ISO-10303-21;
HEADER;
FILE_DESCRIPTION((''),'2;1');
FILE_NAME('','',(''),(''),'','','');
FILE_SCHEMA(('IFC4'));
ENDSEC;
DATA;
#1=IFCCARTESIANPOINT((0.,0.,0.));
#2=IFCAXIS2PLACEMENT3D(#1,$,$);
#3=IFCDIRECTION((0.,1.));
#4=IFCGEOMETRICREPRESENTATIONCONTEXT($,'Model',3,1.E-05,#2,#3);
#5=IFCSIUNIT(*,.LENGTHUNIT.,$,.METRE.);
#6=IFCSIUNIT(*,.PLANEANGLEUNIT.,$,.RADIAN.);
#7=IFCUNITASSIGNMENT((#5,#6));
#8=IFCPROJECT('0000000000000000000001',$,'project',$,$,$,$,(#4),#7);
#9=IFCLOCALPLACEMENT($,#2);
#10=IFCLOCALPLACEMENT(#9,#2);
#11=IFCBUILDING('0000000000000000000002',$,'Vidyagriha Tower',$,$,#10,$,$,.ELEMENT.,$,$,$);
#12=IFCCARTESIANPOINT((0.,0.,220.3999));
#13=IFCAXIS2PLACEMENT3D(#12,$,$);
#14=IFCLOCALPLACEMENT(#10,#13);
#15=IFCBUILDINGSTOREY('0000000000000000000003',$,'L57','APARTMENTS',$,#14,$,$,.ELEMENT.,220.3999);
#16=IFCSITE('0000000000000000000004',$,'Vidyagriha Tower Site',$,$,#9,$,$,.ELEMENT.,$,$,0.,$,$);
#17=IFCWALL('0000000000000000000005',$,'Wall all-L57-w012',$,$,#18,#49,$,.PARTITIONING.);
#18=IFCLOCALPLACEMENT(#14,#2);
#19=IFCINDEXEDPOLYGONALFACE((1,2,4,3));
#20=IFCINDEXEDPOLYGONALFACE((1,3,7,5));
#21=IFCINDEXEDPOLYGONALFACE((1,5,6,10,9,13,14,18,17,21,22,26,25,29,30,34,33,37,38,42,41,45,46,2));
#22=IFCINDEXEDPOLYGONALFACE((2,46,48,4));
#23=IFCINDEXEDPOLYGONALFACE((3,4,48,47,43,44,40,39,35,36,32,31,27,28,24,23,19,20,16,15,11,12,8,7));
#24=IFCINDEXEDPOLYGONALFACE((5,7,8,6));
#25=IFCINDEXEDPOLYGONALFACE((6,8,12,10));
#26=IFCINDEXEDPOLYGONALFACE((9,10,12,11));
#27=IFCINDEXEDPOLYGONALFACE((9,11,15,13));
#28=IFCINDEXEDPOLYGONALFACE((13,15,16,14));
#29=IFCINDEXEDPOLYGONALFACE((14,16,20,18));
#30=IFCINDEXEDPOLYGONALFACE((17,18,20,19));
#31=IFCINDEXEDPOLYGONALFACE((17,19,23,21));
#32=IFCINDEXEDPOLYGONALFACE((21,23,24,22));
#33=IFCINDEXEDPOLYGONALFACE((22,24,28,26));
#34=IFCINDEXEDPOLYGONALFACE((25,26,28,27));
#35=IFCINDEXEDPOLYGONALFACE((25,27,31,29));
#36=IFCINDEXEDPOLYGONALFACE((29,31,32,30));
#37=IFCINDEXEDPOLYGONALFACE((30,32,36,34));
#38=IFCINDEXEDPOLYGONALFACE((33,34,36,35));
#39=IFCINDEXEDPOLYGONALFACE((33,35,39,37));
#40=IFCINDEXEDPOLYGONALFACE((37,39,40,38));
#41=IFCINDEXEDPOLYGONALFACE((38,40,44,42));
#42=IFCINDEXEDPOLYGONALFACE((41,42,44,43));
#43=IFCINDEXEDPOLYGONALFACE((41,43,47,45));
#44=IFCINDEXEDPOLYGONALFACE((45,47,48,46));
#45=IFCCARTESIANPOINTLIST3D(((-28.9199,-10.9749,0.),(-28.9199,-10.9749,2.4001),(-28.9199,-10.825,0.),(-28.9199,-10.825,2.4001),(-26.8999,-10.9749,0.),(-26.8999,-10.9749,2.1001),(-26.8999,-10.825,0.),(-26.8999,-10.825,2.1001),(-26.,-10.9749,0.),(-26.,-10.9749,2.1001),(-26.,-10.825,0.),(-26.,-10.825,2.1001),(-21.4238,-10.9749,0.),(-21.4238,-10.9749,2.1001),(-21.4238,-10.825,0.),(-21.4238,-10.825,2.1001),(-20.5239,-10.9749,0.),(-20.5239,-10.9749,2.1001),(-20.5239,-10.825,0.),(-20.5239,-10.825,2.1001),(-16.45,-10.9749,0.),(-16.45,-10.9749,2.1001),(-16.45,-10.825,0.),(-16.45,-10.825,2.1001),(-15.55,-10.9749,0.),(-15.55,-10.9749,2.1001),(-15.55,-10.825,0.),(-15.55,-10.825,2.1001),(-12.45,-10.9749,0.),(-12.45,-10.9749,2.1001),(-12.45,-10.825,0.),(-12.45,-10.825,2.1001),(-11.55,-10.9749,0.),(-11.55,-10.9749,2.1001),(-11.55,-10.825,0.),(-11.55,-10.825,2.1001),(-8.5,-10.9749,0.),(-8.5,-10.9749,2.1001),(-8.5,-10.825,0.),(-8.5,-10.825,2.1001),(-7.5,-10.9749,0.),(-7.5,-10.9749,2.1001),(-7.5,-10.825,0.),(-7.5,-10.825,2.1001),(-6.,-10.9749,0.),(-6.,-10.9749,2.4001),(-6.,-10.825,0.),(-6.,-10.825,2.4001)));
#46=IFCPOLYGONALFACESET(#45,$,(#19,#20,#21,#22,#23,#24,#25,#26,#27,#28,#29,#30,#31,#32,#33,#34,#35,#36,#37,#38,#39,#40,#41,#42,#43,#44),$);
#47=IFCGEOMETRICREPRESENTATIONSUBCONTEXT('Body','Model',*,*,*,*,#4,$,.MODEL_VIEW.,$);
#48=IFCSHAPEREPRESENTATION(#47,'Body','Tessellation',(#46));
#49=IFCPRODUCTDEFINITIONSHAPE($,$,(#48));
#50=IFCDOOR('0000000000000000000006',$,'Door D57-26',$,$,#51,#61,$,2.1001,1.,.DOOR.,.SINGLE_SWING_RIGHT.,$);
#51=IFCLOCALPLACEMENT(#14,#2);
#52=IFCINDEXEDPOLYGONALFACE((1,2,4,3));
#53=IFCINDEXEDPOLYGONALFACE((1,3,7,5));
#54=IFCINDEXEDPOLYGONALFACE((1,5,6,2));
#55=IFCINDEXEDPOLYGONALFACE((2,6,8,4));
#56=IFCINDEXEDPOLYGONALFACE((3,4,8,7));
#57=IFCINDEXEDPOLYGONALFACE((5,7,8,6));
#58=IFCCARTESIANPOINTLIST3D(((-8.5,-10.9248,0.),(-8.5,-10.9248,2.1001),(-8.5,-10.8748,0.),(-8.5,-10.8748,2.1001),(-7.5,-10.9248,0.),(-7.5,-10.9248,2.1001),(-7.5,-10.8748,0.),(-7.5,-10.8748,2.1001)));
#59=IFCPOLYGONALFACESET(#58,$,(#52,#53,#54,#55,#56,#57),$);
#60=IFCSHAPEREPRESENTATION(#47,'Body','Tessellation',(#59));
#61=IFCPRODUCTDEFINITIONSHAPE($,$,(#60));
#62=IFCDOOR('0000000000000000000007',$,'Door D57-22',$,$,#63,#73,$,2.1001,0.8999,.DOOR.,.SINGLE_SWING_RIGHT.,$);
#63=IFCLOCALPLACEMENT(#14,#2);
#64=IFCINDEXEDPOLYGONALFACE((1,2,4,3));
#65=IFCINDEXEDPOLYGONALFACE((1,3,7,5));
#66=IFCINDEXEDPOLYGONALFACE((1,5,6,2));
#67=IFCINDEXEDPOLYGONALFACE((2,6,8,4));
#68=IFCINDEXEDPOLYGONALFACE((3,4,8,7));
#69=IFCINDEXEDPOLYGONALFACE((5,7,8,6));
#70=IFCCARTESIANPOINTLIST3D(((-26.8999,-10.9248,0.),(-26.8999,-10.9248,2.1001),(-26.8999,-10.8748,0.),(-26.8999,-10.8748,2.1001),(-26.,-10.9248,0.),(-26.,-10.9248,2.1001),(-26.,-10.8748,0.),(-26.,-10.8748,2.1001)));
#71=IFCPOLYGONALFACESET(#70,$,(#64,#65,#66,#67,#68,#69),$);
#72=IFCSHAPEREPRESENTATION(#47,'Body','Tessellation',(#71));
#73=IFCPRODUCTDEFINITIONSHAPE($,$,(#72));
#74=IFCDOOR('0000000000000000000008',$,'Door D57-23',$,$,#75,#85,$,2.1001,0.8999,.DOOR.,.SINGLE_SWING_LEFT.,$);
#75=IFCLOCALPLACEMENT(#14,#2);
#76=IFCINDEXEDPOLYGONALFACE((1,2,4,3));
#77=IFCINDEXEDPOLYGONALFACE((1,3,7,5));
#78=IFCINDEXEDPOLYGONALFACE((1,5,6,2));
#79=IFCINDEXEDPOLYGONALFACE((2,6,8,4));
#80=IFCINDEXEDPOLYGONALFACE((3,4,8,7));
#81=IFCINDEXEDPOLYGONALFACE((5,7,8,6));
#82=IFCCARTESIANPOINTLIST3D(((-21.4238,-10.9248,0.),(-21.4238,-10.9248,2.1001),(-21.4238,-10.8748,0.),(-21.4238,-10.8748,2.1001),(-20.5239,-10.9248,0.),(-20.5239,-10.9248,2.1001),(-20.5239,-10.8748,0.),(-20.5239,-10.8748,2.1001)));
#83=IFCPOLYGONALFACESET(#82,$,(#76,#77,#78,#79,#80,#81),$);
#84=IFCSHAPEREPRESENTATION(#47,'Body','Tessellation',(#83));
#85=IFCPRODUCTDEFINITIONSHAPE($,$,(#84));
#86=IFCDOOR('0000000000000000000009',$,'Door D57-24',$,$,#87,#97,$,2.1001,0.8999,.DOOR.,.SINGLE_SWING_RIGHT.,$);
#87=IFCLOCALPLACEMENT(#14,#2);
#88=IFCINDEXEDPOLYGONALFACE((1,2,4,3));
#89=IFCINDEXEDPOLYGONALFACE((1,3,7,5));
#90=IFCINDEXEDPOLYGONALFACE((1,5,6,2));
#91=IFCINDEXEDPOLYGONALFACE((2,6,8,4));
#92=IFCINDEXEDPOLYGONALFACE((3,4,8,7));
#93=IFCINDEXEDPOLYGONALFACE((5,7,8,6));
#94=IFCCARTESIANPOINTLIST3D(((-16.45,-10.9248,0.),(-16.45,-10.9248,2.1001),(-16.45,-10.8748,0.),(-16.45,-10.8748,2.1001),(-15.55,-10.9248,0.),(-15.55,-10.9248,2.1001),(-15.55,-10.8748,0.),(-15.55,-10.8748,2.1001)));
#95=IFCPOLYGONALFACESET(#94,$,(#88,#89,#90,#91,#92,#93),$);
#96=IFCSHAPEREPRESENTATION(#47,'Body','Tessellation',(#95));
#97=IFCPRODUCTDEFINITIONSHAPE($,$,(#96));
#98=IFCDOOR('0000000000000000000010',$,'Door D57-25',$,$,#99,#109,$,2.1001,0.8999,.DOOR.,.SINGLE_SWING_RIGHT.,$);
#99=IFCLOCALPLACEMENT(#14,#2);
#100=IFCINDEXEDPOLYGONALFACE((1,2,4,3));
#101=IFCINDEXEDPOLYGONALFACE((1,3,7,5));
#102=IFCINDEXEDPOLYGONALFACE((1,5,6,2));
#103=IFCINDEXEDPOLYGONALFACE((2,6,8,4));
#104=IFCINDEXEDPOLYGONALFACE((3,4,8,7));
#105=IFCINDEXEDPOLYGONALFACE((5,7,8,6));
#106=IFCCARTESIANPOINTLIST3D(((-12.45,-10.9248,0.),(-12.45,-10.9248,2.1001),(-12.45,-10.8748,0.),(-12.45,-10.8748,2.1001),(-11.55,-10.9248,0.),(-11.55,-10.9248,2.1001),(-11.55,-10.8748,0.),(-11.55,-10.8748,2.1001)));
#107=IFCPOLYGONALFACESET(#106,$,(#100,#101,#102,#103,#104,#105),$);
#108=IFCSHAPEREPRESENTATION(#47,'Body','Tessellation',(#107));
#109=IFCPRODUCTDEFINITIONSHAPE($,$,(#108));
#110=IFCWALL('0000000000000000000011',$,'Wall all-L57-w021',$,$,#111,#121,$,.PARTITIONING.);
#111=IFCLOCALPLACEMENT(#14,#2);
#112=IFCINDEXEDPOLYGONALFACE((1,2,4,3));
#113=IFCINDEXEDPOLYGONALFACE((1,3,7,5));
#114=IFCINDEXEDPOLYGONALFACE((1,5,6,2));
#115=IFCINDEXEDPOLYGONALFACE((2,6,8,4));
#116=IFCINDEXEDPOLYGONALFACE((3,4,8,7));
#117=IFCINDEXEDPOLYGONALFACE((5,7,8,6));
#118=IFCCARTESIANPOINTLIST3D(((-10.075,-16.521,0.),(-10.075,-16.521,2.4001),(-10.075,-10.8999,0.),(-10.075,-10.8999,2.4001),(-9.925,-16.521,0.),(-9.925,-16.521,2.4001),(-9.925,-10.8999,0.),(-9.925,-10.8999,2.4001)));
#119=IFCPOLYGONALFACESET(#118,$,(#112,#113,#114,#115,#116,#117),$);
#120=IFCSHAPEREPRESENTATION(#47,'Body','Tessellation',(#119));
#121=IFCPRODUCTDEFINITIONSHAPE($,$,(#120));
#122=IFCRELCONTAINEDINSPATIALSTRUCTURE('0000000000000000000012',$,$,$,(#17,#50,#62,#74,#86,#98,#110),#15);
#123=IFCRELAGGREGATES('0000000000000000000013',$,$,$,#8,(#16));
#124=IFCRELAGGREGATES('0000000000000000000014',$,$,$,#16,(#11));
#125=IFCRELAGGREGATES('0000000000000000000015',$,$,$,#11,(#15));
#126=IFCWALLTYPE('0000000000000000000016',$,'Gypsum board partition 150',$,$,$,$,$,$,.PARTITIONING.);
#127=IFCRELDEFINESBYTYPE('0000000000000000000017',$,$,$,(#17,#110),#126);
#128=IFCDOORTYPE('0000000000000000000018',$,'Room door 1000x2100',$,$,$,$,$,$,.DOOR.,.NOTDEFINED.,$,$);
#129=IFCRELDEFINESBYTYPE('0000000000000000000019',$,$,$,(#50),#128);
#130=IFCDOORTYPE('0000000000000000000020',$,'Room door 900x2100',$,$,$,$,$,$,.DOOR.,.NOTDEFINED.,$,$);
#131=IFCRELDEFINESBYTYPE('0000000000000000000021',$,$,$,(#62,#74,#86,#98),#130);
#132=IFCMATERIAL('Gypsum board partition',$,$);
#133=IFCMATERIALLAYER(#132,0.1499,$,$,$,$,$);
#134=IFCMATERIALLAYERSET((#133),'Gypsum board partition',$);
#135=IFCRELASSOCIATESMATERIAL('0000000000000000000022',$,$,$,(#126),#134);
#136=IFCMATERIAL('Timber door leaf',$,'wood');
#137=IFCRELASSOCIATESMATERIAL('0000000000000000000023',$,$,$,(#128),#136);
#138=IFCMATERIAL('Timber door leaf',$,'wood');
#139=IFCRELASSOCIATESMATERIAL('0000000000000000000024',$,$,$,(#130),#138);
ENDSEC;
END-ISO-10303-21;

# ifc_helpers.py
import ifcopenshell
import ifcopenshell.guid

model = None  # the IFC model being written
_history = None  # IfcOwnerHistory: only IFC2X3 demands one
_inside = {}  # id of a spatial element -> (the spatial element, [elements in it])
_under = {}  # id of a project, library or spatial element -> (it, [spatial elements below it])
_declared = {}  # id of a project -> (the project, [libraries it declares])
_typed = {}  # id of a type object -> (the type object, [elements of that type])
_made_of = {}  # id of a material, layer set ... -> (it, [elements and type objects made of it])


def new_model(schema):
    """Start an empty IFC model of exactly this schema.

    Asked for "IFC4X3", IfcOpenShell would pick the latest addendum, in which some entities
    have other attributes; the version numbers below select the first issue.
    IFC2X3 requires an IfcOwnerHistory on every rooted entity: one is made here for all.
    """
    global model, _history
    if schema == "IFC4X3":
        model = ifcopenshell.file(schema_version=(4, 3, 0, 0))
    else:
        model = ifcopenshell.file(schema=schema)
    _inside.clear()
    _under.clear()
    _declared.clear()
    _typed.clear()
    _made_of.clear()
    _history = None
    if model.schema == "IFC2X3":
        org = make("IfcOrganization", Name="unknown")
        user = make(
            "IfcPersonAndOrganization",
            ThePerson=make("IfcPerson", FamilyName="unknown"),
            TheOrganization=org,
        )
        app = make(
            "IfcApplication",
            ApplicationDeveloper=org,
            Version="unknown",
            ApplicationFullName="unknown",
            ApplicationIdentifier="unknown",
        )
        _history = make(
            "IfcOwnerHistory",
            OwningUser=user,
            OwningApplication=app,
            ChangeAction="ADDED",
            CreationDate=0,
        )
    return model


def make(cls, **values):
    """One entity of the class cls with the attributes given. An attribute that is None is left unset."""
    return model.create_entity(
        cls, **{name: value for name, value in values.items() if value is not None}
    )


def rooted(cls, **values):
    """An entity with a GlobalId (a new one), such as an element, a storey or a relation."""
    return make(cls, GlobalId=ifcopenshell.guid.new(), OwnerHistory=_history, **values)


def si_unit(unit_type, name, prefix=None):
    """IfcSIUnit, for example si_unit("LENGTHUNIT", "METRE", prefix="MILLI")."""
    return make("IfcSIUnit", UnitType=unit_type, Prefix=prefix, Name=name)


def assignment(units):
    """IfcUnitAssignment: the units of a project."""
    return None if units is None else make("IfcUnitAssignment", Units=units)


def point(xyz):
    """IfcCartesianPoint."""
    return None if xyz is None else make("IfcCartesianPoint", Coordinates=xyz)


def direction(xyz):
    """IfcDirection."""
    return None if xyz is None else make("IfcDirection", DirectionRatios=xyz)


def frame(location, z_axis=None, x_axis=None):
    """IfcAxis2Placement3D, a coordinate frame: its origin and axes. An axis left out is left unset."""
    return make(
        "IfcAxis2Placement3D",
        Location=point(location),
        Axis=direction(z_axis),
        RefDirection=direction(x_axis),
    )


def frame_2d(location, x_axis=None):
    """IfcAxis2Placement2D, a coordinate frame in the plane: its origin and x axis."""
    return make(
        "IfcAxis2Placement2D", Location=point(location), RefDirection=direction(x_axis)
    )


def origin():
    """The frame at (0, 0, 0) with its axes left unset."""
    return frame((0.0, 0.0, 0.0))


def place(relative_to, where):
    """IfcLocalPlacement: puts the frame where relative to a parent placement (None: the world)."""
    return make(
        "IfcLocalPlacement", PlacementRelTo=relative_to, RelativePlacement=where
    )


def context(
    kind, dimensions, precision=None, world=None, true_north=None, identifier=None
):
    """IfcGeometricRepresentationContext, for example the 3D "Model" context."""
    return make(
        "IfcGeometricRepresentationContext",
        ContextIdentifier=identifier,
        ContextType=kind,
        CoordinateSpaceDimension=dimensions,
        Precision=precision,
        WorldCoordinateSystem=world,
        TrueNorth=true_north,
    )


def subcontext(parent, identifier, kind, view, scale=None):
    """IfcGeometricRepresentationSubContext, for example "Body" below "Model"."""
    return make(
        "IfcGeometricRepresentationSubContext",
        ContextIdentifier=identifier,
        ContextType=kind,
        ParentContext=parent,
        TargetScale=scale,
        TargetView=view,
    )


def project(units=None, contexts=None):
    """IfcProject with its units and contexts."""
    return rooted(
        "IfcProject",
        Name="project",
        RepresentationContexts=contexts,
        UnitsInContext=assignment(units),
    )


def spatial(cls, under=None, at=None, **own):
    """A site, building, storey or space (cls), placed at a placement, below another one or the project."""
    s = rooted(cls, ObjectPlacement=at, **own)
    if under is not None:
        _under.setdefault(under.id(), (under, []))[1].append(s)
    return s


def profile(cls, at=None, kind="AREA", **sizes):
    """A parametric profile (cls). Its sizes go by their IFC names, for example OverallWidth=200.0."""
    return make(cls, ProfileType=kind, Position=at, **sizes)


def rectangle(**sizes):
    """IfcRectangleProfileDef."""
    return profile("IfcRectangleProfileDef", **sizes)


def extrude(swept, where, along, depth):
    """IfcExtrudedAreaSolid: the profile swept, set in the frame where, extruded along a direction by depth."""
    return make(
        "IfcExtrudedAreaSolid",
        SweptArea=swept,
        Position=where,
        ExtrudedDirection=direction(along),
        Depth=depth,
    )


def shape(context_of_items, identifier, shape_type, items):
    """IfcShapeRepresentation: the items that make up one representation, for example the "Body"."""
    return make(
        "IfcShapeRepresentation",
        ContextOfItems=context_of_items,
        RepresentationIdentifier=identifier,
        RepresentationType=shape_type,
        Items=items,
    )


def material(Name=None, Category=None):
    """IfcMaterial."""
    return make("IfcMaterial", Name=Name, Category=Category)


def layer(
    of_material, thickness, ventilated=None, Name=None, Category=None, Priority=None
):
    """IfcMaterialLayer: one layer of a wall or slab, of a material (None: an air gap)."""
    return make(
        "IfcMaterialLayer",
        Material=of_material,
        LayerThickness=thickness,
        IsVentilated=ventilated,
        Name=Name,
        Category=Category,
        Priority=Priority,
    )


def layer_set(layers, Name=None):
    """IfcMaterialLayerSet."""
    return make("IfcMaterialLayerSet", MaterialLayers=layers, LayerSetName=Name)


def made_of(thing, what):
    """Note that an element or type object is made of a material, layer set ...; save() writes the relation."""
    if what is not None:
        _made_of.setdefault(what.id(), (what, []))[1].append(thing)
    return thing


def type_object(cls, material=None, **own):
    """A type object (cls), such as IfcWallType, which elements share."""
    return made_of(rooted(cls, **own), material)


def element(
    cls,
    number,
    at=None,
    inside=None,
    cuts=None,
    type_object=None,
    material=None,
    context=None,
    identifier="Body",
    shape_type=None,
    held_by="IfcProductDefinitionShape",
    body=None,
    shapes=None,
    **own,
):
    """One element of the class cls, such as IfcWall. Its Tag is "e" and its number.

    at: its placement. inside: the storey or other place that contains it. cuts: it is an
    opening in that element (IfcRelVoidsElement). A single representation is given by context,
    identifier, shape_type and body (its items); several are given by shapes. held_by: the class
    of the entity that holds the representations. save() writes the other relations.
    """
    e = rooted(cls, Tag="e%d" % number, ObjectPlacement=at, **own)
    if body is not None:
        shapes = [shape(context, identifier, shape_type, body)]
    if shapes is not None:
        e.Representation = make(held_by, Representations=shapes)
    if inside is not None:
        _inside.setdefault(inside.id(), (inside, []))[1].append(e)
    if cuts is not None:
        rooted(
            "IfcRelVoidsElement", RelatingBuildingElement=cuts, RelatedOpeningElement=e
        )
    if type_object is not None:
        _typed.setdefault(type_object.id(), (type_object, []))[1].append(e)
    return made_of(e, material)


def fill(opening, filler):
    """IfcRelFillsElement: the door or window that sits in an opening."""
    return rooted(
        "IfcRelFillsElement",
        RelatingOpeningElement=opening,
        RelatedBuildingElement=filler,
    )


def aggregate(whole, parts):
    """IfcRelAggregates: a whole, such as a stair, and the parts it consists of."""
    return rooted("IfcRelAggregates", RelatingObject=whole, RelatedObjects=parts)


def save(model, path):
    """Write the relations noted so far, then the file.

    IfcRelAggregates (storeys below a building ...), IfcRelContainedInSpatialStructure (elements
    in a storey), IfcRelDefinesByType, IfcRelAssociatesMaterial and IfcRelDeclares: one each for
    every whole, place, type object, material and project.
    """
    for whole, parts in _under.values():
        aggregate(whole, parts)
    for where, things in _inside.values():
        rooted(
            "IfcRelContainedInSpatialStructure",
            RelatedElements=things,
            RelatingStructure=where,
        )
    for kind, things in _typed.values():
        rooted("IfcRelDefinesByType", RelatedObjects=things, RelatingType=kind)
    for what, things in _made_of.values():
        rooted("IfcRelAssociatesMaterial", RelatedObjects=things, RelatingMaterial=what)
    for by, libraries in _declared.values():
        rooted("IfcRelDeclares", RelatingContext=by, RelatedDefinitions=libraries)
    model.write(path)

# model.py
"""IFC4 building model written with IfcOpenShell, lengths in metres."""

from ifc_helpers import new_model, si_unit, direction, frame, frame_2d, origin, place, context, subcontext, project, spatial, rectangle, extrude, material, layer, layer_set, type_object, element, fill, save


model = new_model("IFC4")

# Units and contexts
model_context = context("Model", 3, precision=1e-05, world=origin(), true_north=direction((0.0, 1.0)))
body_context = subcontext(model_context, "Body", "Model", "MODEL_VIEW")
ifc_project = project(units=[si_unit("LENGTHUNIT", "METRE"), si_unit("PLANEANGLEUNIT", "RADIAN")], contexts=[model_context])

# Site, building, storey
site_placement = place(None, origin())
site = spatial("IfcSite", under=ifc_project, at=site_placement, Name="Vidyagriha Tower Site", CompositionType="ELEMENT", RefElevation=0.0)
building_placement = place(site_placement, origin())
building = spatial("IfcBuilding", under=site, at=building_placement, Name="Vidyagriha Tower", CompositionType="ELEMENT")
storey_placement = place(building_placement, frame((0.0, 0.0, 220.3999)))
storey = spatial("IfcBuildingStorey", under=building, at=storey_placement, Name="L57", Description="APARTMENTS", CompositionType="ELEMENT", Elevation=220.3999)

# Wall, openings, doors
ifc_material_1 = material(Name="Gypsum board partition")
ifc_layer_1 = layer(ifc_material_1, 0.1499)
ifc_layer_set_1 = layer_set([ifc_layer_1], Name="Gypsum board partition")
wall_type_1 = type_object("IfcWallType", Name="Gypsum board partition 150", PredefinedType="PARTITIONING", material=ifc_layer_set_1)
wall_1_placement = place(storey_placement, frame((-6.0, -10.8999, 0.0), z_axis=(0.0, 0.0, 1.0), x_axis=(-1.0, 0.0, 0.0)))
wall_1 = element("IfcWall", 1, at=wall_1_placement, inside=storey, type_object=wall_type_1, Name="Wall all-L57-w012", PredefinedType="PARTITIONING", context=body_context, shape_type="SweptSolid", body=[
    extrude(rectangle(XDim=22.9199, YDim=0.1499, at=frame_2d((11.46, 0.0))), origin(), (0.0, 0.0, 1.0), 2.4001),
])
opening_1_placement = place(wall_1_placement, frame((20.0, 0.0, 0.0)))
opening_1 = element("IfcOpeningElement", 2, at=opening_1_placement, cuts=wall_1, PredefinedType="OPENING", context=body_context, shape_type="SweptSolid", body=[
    extrude(rectangle(XDim=0.8999, YDim=2.1001, at=frame_2d((0.45, 1.05))), frame((0.0, 0.085, 0.0), z_axis=(0.0, -1.0, 0.0), x_axis=(1.0, 0.0, 0.0)), (0.0, 0.0, 1.0), 0.1699),
])
opening_2_placement = place(wall_1_placement, frame((14.5239, 0.0, 0.0)))
opening_2 = element("IfcOpeningElement", 3, at=opening_2_placement, cuts=wall_1, PredefinedType="OPENING", context=body_context, shape_type="SweptSolid", body=[
    extrude(rectangle(XDim=0.8999, YDim=2.1001, at=frame_2d((0.45, 1.05))), frame((0.0, 0.085, 0.0), z_axis=(0.0, -1.0, 0.0), x_axis=(1.0, 0.0, 0.0)), (0.0, 0.0, 1.0), 0.1699),
])
opening_3_placement = place(wall_1_placement, frame((9.55, 0.0, 0.0)))
opening_3 = element("IfcOpeningElement", 4, at=opening_3_placement, cuts=wall_1, PredefinedType="OPENING", context=body_context, shape_type="SweptSolid", body=[
    extrude(rectangle(XDim=0.8999, YDim=2.1001, at=frame_2d((0.45, 1.05))), frame((0.0, 0.085, 0.0), z_axis=(0.0, -1.0, 0.0), x_axis=(1.0, 0.0, 0.0)), (0.0, 0.0, 1.0), 0.1699),
])
opening_4_placement = place(wall_1_placement, frame((5.55, 0.0, 0.0)))
opening_4 = element("IfcOpeningElement", 5, at=opening_4_placement, cuts=wall_1, PredefinedType="OPENING", context=body_context, shape_type="SweptSolid", body=[
    extrude(rectangle(XDim=0.8999, YDim=2.1001, at=frame_2d((0.45, 1.05))), frame((0.0, 0.085, 0.0), z_axis=(0.0, -1.0, 0.0), x_axis=(1.0, 0.0, 0.0)), (0.0, 0.0, 1.0), 0.1699),
])
opening_5_placement = place(wall_1_placement, frame((1.5, 0.0, 0.0)))
opening_5 = element("IfcOpeningElement", 6, at=opening_5_placement, cuts=wall_1, PredefinedType="OPENING", context=body_context, shape_type="SweptSolid", body=[
    extrude(rectangle(XDim=1.0, YDim=2.1001, at=frame_2d((0.5, 1.05))), frame((0.0, 0.085, 0.0), z_axis=(0.0, -1.0, 0.0), x_axis=(1.0, 0.0, 0.0)), (0.0, 0.0, 1.0), 0.1699),
])
ifc_material_2 = material(Name="Timber door leaf", Category="wood")
door_type_1 = type_object("IfcDoorType", Name="Room door 1000x2100", OperationType="NOTDEFINED", PredefinedType="DOOR", material=ifc_material_2)
door_1_placement = place(opening_5_placement, origin())
door_1 = element("IfcDoor", 7, at=door_1_placement, inside=storey, type_object=door_type_1, Name="Door D57-26", OperationType="SINGLE_SWING_RIGHT", OverallHeight=2.1001, OverallWidth=1.0, PredefinedType="DOOR", context=body_context, shape_type="SweptSolid", body=[
    extrude(rectangle(XDim=1.0, YDim=2.1001, at=frame_2d((0.5, 1.05))), frame((0.0, 0.0249, 0.0), z_axis=(0.0, -1.0, 0.0), x_axis=(1.0, 0.0, 0.0)), (0.0, 0.0, 1.0), 0.05),
])
fill(opening_5, door_1)
ifc_material_3 = material(Name="Timber door leaf", Category="wood")
door_type_2 = type_object("IfcDoorType", Name="Room door 900x2100", OperationType="NOTDEFINED", PredefinedType="DOOR", material=ifc_material_3)
door_2_placement = place(opening_1_placement, origin())
door_2 = element("IfcDoor", 8, at=door_2_placement, inside=storey, type_object=door_type_2, Name="Door D57-22", OperationType="SINGLE_SWING_RIGHT", OverallHeight=2.1001, OverallWidth=0.8999, PredefinedType="DOOR", context=body_context, shape_type="SweptSolid", body=[
    extrude(rectangle(XDim=0.8999, YDim=2.1001, at=frame_2d((0.45, 1.05))), frame((0.0, 0.0249, 0.0), z_axis=(0.0, -1.0, 0.0), x_axis=(1.0, 0.0, 0.0)), (0.0, 0.0, 1.0), 0.05),
])
fill(opening_1, door_2)
door_3_placement = place(opening_2_placement, origin())
door_3 = element("IfcDoor", 9, at=door_3_placement, inside=storey, type_object=door_type_2, Name="Door D57-23", OperationType="SINGLE_SWING_LEFT", OverallHeight=2.1001, OverallWidth=0.8999, PredefinedType="DOOR", context=body_context, shape_type="SweptSolid", body=[
    extrude(rectangle(XDim=0.8999, YDim=2.1001, at=frame_2d((0.45, 1.05))), frame((0.0, 0.0249, 0.0), z_axis=(0.0, -1.0, 0.0), x_axis=(1.0, 0.0, 0.0)), (0.0, 0.0, 1.0), 0.05),
])
fill(opening_2, door_3)
door_4_placement = place(opening_3_placement, origin())
door_4 = element("IfcDoor", 10, at=door_4_placement, inside=storey, type_object=door_type_2, Name="Door D57-24", OperationType="SINGLE_SWING_RIGHT", OverallHeight=2.1001, OverallWidth=0.8999, PredefinedType="DOOR", context=body_context, shape_type="SweptSolid", body=[
    extrude(rectangle(XDim=0.8999, YDim=2.1001, at=frame_2d((0.45, 1.05))), frame((0.0, 0.0249, 0.0), z_axis=(0.0, -1.0, 0.0), x_axis=(1.0, 0.0, 0.0)), (0.0, 0.0, 1.0), 0.05),
])
fill(opening_3, door_4)
door_5_placement = place(opening_4_placement, origin())
door_5 = element("IfcDoor", 11, at=door_5_placement, inside=storey, type_object=door_type_2, Name="Door D57-25", OperationType="SINGLE_SWING_RIGHT", OverallHeight=2.1001, OverallWidth=0.8999, PredefinedType="DOOR", context=body_context, shape_type="SweptSolid", body=[
    extrude(rectangle(XDim=0.8999, YDim=2.1001, at=frame_2d((0.45, 1.05))), frame((0.0, 0.0249, 0.0), z_axis=(0.0, -1.0, 0.0), x_axis=(1.0, 0.0, 0.0)), (0.0, 0.0, 1.0), 0.05),
])
fill(opening_4, door_5)

# Wall
wall_2_placement = place(storey_placement, frame((-10.0, -10.8999, 0.0), z_axis=(0.0, 0.0, 1.0), x_axis=(0.0, -1.0, 0.0)))
element("IfcWall", 12, at=wall_2_placement, inside=storey, type_object=wall_type_1, Name="Wall all-L57-w021", PredefinedType="PARTITIONING", context=body_context, shape_type="SweptSolid", body=[
    extrude(rectangle(XDim=5.6211, YDim=0.1499, at=frame_2d((2.8105, 0.0))), origin(), (0.0, 0.0, 1.0), 2.4001),
])

save(model, "model.ifc")
